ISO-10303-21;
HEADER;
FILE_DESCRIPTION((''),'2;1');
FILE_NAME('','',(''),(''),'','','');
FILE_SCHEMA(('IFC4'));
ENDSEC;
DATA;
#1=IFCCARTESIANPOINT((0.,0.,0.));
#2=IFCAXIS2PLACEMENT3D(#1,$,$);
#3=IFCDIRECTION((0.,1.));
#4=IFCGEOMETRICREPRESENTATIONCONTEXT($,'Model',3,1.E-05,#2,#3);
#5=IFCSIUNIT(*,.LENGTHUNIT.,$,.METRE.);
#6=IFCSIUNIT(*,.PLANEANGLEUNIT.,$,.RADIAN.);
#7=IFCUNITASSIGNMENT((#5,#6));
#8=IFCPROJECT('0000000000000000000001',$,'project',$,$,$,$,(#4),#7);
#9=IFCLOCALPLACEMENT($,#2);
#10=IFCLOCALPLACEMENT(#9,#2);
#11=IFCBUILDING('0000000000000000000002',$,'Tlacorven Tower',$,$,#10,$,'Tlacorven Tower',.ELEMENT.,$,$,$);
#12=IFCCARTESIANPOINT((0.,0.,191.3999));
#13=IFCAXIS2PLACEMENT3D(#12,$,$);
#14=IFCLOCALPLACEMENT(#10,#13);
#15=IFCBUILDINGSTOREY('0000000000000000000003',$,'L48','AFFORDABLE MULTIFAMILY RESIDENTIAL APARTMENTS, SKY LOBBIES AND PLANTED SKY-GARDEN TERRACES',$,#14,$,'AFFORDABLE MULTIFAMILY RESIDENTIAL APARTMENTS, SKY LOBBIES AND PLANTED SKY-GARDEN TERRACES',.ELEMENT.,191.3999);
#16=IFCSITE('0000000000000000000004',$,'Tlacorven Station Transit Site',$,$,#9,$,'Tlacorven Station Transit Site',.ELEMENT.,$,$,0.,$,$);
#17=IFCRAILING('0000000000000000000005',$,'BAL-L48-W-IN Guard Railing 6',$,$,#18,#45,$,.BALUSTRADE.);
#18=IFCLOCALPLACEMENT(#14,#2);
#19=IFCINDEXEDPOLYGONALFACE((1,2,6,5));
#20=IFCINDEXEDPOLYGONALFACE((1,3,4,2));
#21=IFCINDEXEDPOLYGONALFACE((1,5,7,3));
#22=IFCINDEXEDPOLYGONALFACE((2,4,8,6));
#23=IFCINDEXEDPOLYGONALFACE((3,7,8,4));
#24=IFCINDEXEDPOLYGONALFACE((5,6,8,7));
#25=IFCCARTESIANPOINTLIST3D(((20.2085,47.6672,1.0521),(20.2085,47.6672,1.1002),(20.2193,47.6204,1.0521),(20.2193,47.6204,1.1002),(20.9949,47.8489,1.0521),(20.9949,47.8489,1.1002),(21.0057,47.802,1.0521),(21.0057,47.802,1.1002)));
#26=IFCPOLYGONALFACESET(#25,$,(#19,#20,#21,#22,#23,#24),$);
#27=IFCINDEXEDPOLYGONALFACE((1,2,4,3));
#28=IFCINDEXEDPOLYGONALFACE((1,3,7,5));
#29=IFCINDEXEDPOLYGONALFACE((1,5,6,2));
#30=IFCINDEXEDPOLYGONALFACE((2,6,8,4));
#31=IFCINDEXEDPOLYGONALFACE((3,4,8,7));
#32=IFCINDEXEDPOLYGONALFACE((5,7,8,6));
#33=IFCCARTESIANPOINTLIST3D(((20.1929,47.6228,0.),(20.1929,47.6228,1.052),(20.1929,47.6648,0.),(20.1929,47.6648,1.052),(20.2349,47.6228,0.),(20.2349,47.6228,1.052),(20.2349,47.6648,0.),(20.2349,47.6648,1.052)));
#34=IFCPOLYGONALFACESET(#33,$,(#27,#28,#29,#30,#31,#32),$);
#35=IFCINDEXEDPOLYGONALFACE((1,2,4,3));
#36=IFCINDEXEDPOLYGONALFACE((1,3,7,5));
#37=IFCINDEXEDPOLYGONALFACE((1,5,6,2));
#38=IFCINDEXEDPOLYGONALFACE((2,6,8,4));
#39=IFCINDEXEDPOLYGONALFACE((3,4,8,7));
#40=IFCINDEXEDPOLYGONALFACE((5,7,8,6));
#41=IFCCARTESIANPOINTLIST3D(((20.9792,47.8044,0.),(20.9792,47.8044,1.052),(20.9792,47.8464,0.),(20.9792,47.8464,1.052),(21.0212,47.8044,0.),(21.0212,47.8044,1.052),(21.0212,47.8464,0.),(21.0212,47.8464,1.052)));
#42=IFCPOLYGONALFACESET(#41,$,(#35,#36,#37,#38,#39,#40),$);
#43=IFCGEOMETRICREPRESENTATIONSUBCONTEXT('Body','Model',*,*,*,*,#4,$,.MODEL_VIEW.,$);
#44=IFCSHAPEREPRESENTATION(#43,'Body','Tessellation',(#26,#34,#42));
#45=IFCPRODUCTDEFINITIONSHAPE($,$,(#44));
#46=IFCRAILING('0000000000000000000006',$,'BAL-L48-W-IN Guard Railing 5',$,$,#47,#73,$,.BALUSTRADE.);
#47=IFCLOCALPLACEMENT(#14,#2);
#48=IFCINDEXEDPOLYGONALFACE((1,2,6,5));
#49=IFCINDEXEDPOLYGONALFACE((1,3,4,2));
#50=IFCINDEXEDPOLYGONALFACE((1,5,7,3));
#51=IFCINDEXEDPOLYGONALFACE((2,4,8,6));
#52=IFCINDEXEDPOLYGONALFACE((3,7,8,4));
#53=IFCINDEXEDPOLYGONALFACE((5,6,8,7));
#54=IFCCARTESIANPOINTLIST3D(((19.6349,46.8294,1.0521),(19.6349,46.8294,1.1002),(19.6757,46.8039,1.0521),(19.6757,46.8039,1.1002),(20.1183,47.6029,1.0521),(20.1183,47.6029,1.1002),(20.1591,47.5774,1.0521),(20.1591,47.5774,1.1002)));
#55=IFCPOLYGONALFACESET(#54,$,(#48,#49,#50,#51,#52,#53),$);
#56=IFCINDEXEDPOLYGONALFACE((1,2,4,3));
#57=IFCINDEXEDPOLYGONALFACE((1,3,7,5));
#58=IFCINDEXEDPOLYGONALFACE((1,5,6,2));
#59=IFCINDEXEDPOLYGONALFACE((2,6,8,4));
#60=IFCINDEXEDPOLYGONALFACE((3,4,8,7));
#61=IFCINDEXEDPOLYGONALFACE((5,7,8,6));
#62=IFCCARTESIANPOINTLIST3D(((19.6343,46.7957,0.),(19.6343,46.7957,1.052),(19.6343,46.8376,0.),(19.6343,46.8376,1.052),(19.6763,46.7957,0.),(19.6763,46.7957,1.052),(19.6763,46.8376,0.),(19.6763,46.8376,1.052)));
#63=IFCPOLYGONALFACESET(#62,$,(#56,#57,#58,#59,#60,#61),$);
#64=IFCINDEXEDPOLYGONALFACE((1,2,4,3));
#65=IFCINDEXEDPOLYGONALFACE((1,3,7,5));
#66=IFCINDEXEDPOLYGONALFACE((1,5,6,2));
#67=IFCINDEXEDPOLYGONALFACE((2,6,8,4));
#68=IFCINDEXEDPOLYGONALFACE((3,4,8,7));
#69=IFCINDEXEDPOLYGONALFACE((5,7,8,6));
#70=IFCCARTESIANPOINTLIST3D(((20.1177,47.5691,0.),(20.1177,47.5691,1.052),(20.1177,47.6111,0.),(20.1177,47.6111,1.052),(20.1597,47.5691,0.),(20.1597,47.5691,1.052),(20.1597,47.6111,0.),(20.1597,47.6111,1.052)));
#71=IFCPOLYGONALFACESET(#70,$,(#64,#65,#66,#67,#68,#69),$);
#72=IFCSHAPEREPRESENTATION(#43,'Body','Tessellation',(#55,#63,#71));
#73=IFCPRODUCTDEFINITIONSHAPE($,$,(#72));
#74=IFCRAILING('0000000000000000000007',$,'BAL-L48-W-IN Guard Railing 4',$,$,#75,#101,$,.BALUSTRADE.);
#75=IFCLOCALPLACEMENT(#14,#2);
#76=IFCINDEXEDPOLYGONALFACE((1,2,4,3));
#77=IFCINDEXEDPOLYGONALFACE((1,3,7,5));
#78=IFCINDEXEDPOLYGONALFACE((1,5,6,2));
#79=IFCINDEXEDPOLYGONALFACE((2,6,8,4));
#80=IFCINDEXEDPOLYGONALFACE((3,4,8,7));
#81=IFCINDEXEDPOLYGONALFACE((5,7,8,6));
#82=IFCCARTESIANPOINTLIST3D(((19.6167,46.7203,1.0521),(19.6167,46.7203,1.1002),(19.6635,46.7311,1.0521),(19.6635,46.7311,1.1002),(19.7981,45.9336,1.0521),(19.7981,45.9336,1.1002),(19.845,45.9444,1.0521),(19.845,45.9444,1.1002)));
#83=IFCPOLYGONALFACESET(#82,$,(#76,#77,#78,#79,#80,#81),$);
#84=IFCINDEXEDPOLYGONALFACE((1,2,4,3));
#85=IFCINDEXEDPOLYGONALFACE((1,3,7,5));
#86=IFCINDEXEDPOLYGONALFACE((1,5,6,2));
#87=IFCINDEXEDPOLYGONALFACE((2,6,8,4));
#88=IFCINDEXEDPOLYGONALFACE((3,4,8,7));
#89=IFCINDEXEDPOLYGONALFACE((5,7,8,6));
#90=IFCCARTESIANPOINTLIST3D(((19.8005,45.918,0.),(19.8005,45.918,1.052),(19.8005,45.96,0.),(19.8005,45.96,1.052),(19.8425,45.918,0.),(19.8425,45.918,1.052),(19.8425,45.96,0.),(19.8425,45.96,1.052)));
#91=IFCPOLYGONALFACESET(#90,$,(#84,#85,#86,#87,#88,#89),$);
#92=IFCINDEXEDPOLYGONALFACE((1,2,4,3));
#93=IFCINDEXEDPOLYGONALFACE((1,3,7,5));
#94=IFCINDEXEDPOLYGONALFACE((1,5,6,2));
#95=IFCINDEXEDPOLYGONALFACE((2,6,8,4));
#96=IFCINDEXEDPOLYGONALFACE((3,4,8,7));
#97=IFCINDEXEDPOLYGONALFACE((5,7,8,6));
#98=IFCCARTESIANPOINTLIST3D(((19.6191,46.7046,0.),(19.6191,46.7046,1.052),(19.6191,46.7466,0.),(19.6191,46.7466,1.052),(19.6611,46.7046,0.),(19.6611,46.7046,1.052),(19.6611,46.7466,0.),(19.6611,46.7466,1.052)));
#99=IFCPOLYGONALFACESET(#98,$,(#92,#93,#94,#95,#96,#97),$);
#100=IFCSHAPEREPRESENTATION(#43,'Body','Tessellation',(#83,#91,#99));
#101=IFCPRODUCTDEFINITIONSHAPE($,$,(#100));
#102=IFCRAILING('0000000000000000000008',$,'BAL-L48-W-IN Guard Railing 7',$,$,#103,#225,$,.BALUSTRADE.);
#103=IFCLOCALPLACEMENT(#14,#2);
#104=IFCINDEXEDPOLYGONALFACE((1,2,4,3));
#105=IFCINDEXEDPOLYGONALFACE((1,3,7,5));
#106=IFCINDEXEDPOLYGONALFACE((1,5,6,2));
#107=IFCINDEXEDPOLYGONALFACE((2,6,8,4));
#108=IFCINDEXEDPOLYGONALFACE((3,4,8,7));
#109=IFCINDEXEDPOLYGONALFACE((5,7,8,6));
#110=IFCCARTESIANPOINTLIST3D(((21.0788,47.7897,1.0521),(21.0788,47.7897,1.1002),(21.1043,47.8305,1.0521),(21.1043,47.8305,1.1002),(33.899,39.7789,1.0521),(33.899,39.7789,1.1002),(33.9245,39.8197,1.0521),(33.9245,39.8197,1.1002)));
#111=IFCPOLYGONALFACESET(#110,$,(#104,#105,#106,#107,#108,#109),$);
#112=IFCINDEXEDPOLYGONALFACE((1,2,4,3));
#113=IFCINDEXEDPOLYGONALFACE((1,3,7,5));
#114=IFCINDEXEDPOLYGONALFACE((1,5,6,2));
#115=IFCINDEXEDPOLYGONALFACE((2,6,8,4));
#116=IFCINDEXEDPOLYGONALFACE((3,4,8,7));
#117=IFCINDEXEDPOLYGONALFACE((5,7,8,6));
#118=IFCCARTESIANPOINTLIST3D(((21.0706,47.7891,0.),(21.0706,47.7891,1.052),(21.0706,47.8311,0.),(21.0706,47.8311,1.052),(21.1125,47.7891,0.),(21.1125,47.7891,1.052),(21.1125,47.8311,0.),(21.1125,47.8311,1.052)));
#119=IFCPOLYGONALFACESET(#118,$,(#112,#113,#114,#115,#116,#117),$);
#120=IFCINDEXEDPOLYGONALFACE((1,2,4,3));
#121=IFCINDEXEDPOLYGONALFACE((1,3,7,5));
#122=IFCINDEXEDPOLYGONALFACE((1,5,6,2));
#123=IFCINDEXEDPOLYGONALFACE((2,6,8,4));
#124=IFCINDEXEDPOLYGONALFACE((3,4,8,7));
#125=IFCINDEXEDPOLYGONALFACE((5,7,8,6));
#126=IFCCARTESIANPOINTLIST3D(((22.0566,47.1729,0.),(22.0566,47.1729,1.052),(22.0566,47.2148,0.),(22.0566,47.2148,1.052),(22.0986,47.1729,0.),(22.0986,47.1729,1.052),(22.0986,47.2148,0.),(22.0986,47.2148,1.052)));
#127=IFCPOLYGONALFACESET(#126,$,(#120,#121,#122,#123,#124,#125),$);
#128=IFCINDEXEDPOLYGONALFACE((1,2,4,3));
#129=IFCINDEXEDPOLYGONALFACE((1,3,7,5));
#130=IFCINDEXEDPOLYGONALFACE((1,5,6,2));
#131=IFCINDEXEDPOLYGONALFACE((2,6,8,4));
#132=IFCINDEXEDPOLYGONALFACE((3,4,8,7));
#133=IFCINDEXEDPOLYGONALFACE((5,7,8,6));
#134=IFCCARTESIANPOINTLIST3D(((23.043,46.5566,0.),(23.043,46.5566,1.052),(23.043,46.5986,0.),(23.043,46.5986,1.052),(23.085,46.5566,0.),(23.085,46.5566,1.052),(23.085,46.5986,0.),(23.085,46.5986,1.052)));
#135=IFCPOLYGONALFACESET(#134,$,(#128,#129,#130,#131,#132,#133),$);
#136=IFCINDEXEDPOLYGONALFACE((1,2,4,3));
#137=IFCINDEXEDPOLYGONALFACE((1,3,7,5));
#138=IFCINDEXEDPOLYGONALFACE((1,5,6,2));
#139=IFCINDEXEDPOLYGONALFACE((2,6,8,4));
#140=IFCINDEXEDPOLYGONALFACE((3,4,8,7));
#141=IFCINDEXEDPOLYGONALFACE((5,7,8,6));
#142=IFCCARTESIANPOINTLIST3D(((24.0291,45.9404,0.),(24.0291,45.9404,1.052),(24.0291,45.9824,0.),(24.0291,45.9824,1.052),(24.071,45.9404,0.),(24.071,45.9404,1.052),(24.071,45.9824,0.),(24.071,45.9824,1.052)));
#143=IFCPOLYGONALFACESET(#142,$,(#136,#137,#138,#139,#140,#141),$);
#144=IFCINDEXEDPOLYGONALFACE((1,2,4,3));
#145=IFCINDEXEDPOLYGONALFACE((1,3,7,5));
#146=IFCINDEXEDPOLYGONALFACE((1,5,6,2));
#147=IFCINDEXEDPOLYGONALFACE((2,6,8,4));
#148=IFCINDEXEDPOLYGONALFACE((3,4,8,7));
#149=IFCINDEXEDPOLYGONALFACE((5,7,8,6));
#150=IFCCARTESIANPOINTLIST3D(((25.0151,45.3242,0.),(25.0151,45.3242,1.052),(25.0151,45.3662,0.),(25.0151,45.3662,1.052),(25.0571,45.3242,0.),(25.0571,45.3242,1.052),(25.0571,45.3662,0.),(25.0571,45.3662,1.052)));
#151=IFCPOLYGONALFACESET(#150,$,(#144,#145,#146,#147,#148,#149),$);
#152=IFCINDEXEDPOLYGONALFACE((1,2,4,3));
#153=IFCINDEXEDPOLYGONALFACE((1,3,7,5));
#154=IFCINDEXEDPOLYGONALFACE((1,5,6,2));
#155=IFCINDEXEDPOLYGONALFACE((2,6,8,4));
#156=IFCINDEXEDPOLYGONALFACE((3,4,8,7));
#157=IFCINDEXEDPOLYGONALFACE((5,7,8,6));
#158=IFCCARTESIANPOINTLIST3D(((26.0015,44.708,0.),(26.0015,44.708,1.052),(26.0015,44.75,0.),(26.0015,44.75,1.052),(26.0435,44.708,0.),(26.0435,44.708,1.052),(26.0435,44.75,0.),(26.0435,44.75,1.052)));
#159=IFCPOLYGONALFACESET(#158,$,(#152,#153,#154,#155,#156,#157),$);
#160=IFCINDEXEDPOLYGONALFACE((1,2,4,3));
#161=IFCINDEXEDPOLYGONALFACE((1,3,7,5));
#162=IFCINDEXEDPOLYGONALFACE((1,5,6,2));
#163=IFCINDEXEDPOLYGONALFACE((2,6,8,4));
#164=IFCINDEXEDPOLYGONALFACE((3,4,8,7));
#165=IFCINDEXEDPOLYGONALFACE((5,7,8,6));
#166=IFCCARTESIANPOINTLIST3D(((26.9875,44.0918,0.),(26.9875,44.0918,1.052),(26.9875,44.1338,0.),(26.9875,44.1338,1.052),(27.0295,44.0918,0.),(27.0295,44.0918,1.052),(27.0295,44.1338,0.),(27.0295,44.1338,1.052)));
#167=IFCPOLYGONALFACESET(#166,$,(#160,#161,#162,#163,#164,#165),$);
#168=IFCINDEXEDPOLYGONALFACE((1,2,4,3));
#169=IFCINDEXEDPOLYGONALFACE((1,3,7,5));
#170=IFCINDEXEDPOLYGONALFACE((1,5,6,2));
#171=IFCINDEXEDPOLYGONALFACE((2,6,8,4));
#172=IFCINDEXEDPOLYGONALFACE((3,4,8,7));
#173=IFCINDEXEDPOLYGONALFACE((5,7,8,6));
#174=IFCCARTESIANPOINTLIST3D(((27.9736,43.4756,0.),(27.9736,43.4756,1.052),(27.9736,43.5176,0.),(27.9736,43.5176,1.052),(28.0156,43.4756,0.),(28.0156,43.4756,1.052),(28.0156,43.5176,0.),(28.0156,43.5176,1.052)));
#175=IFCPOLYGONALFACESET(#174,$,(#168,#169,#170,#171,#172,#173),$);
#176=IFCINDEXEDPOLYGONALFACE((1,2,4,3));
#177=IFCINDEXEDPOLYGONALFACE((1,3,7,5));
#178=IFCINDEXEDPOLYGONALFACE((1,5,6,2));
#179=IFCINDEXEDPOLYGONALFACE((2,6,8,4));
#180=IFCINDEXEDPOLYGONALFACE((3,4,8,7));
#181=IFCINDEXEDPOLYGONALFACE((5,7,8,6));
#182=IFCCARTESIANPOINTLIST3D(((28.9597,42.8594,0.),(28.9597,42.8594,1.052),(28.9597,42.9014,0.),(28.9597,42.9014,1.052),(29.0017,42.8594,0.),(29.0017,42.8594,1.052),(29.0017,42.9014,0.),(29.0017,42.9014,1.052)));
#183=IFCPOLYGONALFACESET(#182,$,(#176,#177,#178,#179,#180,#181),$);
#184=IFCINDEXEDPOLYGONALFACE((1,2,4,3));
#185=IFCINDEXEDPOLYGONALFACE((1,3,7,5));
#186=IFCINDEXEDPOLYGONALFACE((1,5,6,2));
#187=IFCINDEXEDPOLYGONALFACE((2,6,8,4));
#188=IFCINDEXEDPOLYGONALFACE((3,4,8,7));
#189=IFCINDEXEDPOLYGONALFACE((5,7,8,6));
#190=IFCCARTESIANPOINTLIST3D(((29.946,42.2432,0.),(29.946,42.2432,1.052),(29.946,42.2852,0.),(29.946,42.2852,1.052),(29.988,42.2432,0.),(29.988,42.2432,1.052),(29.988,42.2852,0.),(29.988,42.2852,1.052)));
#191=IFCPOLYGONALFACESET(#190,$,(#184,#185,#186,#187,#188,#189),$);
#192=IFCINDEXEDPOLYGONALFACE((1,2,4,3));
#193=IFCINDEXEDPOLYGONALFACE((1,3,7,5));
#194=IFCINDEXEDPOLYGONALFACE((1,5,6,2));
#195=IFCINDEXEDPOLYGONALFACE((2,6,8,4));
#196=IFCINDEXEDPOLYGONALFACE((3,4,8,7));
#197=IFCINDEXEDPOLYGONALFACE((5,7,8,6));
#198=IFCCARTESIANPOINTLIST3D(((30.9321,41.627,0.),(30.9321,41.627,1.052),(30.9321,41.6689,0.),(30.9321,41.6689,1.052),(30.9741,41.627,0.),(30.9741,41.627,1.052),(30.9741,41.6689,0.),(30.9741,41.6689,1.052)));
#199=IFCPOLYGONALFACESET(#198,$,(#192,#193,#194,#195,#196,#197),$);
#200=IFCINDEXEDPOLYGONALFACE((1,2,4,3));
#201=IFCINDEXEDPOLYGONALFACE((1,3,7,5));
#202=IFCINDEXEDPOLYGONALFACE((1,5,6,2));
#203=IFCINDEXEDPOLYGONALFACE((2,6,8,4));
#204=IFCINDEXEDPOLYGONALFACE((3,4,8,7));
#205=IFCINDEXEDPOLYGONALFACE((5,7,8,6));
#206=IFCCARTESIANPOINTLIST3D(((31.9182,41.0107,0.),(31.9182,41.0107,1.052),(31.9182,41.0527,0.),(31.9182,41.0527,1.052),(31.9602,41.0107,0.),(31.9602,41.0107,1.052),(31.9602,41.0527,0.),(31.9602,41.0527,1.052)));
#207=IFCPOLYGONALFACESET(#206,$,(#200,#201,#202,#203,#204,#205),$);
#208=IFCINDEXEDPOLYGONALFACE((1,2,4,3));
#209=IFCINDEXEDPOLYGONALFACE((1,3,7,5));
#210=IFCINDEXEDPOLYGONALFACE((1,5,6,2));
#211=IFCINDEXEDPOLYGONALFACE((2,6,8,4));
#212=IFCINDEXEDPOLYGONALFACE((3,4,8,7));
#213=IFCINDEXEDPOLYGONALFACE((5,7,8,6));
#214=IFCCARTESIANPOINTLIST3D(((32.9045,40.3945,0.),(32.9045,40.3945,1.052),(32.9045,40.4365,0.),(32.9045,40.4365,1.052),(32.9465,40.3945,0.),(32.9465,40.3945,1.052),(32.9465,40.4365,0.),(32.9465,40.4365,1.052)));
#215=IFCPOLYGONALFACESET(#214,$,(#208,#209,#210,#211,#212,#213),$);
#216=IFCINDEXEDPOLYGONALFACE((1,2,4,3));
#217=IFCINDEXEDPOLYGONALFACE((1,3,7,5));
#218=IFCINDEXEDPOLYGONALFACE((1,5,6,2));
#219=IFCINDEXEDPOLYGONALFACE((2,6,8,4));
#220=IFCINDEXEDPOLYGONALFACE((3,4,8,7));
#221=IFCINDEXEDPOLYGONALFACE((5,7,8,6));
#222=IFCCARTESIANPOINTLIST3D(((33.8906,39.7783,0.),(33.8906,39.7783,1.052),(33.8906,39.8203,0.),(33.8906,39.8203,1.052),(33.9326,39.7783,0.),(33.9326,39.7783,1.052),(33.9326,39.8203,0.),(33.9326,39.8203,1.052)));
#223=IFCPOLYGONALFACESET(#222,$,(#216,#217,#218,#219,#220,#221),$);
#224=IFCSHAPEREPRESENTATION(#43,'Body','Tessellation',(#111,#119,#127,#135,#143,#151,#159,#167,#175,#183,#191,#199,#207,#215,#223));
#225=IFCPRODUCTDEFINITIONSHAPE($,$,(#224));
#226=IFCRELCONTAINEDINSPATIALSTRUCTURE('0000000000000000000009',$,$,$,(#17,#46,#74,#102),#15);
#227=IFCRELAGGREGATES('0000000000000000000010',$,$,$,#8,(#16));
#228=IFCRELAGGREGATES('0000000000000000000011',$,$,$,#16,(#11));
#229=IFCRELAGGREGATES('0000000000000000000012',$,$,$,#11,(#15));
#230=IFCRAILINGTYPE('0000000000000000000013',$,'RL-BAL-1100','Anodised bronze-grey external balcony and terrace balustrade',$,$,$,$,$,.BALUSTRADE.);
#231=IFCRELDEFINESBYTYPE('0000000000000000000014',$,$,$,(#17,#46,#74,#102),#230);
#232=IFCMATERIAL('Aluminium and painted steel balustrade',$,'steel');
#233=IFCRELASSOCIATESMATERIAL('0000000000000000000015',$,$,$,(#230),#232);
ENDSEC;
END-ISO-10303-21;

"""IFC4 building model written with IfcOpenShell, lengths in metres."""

from ifc_helpers import new_model, si_unit, direction, frame, origin, origin_2d, place, context, subcontext, project, spatial, rectangle, extrude, source, transform, mapped, material, type_object, element, save


model = new_model("IFC4")

# Units and contexts
model_context = context("Model", 3, precision=1e-05, world=origin(), true_north=direction((0.0, 1.0)))
body_context = subcontext(model_context, "Body", "Model", "MODEL_VIEW")
ifc_project = project(units=[si_unit("LENGTHUNIT", "METRE"), si_unit("PLANEANGLEUNIT", "RADIAN")], contexts=[model_context])

# Site, building, storey
site_placement = place(None, origin())
site = spatial("IfcSite", under=ifc_project, at=site_placement, Name="Tlacorven Station Transit Site", LongName="Tlacorven Station Transit Site", CompositionType="ELEMENT", RefElevation=0.0)
building_placement = place(site_placement, origin())
building = spatial("IfcBuilding", under=site, at=building_placement, Name="Tlacorven Tower", LongName="Tlacorven Tower", CompositionType="ELEMENT")
storey_placement = place(building_placement, frame((0.0, 0.0, 191.3999)))
storey = spatial("IfcBuildingStorey", under=building, at=storey_placement, Name="L48", Description="AFFORDABLE MULTIFAMILY RESIDENTIAL APARTMENTS, SKY LOBBIES AND PLANTED SKY-GARDEN TERRACES", LongName="AFFORDABLE MULTIFAMILY RESIDENTIAL APARTMENTS, SKY LOBBIES AND PLANTED SKY-GARDEN TERRACES", CompositionType="ELEMENT", Elevation=191.3999)

# Railings
ifc_material_1 = material(Name="Aluminium and painted steel balustrade", Category="steel")
railing_type = type_object("IfcRailingType", Name="RL-BAL-1100", Description="Anodised bronze-grey external balcony and terrace balustrade", PredefinedType="BALUSTRADE", material=ifc_material_1)
shared_shape_1 = source(origin(), body_context, "Body", "SweptSolid", [
    extrude(rectangle(XDim=0.0481, YDim=0.0481, at=origin_2d()), frame((0.0, 0.0, 1.0762), z_axis=(0.974345, 0.225058, 0.0), x_axis=(-0.225058, 0.974345, 0.0)), (0.0, 0.0, 1.0), 0.8071),
    extrude(rectangle(XDim=0.042, YDim=0.042, at=origin_2d()), origin(), (0.0, 0.0, 1.0), 1.052),
    extrude(rectangle(XDim=0.042, YDim=0.042, at=origin_2d()), frame((0.7864, 0.1816, 0.0)), (0.0, 0.0, 1.0), 1.052),
])
railing_1_placement = place(storey_placement, frame((20.2139, 47.6438, 0.0)))
element("IfcRailing", 1, at=railing_1_placement, inside=storey, type_object=railing_type, Name="BAL-L48-W-IN Guard Railing 6", PredefinedType="BALUSTRADE", context=body_context, shape_type="MappedRepresentation", body=[
    mapped(shared_shape_1, transform((0.0, 0.0, 0.0), scale=1.0)),
])
shared_shape_2 = source(origin(), body_context, "Body", "SweptSolid", [
    extrude(rectangle(XDim=0.0481, YDim=0.0481, at=origin_2d()), frame((0.0, 0.0, 1.0762), z_axis=(0.529999, 0.847998, 0.0), x_axis=(-0.847998, 0.529999, 0.0)), (0.0, 0.0, 1.0), 0.9121),
    extrude(rectangle(XDim=0.042, YDim=0.042, at=origin_2d()), origin(), (0.0, 0.0, 1.0), 1.052),
    extrude(rectangle(XDim=0.042, YDim=0.042, at=origin_2d()), frame((0.4834, 0.7734, 0.0)), (0.0, 0.0, 1.0), 1.052),
])
railing_2_placement = place(storey_placement, frame((19.6553, 46.8167, 0.0)))
element("IfcRailing", 2, at=railing_2_placement, inside=storey, type_object=railing_type, Name="BAL-L48-W-IN Guard Railing 5", PredefinedType="BALUSTRADE", context=body_context, shape_type="MappedRepresentation", body=[
    mapped(shared_shape_2, transform((0.0, 0.0, 0.0), scale=1.0)),
])
shared_shape_3 = source(origin(), body_context, "Body", "SweptSolid", [
    extrude(rectangle(XDim=0.0481, YDim=0.0481, at=origin_2d()), frame((0.0, 0.0, 1.0762), z_axis=(-0.224705, 0.974427, 0.0), x_axis=(-0.974427, -0.224705, 0.0)), (0.0, 0.0, 1.0), 0.8074),
    extrude(rectangle(XDim=0.042, YDim=0.042, at=origin_2d()), origin(), (0.0, 0.0, 1.0), 1.052),
    extrude(rectangle(XDim=0.042, YDim=0.042, at=origin_2d()), frame((-0.1814, 0.7866, 0.0)), (0.0, 0.0, 1.0), 1.052),
])
railing_3_placement = place(storey_placement, frame((19.8215, 45.939, 0.0)))
element("IfcRailing", 3, at=railing_3_placement, inside=storey, type_object=railing_type, Name="BAL-L48-W-IN Guard Railing 4", PredefinedType="BALUSTRADE", context=body_context, shape_type="MappedRepresentation", body=[
    mapped(shared_shape_3, transform((0.0, 0.0, 0.0), scale=1.0)),
])
shared_shape_4 = source(origin(), body_context, "Body", "SweptSolid", [
    extrude(rectangle(XDim=0.0481, YDim=0.0481, at=origin_2d()), frame((0.0, 0.0, 1.0762), z_axis=(0.848052, -0.529913, 0.0), x_axis=(0.529913, 0.848052, 0.0)), (0.0, 0.0, 1.0), 15.1172),
    extrude(rectangle(XDim=0.042, YDim=0.042, at=origin_2d()), origin(), (0.0, 0.0, 1.0), 1.052),
    extrude(rectangle(XDim=0.042, YDim=0.042, at=origin_2d()), frame((0.9861, -0.6162, 0.0)), (0.0, 0.0, 1.0), 1.052),
    extrude(rectangle(XDim=0.042, YDim=0.042, at=origin_2d()), frame((1.9724, -1.2324, 0.0)), (0.0, 0.0, 1.0), 1.052),
    extrude(rectangle(XDim=0.042, YDim=0.042, at=origin_2d()), frame((2.9585, -1.8486, 0.0)), (0.0, 0.0, 1.0), 1.052),
    extrude(rectangle(XDim=0.042, YDim=0.042, at=origin_2d()), frame((3.9446, -2.4648, 0.0)), (0.0, 0.0, 1.0), 1.052),
    extrude(rectangle(XDim=0.042, YDim=0.042, at=origin_2d()), frame((4.9309, -3.0811, 0.0)), (0.0, 0.0, 1.0), 1.052),
    extrude(rectangle(XDim=0.042, YDim=0.042, at=origin_2d()), frame((5.917, -3.6973, 0.0)), (0.0, 0.0, 1.0), 1.052),
    extrude(rectangle(XDim=0.042, YDim=0.042, at=origin_2d()), frame((6.9031, -4.3135, 0.0)), (0.0, 0.0, 1.0), 1.052),
    extrude(rectangle(XDim=0.042, YDim=0.042, at=origin_2d()), frame((7.8892, -4.9297, 0.0)), (0.0, 0.0, 1.0), 1.052),
    extrude(rectangle(XDim=0.042, YDim=0.042, at=origin_2d()), frame((8.8755, -5.5459, 0.0)), (0.0, 0.0, 1.0), 1.052),
    extrude(rectangle(XDim=0.042, YDim=0.042, at=origin_2d()), frame((9.8616, -6.1621, 0.0)), (0.0, 0.0, 1.0), 1.052),
    extrude(rectangle(XDim=0.042, YDim=0.042, at=origin_2d()), frame((10.8477, -6.7783, 0.0)), (0.0, 0.0, 1.0), 1.052),
    extrude(rectangle(XDim=0.042, YDim=0.042, at=origin_2d()), frame((11.834, -7.3945, 0.0)), (0.0, 0.0, 1.0), 1.052),
    extrude(rectangle(XDim=0.042, YDim=0.042, at=origin_2d()), frame((12.8201, -8.0107, 0.0)), (0.0, 0.0, 1.0), 1.052),
])
railing_4_placement = place(storey_placement, frame((21.0916, 47.8101, 0.0)))
element("IfcRailing", 4, at=railing_4_placement, inside=storey, type_object=railing_type, Name="BAL-L48-W-IN Guard Railing 7", PredefinedType="BALUSTRADE", context=body_context, shape_type="MappedRepresentation", body=[
    mapped(shared_shape_4, transform((0.0, 0.0, 0.0), scale=1.0)),
])

save(model, "model.ifc")
